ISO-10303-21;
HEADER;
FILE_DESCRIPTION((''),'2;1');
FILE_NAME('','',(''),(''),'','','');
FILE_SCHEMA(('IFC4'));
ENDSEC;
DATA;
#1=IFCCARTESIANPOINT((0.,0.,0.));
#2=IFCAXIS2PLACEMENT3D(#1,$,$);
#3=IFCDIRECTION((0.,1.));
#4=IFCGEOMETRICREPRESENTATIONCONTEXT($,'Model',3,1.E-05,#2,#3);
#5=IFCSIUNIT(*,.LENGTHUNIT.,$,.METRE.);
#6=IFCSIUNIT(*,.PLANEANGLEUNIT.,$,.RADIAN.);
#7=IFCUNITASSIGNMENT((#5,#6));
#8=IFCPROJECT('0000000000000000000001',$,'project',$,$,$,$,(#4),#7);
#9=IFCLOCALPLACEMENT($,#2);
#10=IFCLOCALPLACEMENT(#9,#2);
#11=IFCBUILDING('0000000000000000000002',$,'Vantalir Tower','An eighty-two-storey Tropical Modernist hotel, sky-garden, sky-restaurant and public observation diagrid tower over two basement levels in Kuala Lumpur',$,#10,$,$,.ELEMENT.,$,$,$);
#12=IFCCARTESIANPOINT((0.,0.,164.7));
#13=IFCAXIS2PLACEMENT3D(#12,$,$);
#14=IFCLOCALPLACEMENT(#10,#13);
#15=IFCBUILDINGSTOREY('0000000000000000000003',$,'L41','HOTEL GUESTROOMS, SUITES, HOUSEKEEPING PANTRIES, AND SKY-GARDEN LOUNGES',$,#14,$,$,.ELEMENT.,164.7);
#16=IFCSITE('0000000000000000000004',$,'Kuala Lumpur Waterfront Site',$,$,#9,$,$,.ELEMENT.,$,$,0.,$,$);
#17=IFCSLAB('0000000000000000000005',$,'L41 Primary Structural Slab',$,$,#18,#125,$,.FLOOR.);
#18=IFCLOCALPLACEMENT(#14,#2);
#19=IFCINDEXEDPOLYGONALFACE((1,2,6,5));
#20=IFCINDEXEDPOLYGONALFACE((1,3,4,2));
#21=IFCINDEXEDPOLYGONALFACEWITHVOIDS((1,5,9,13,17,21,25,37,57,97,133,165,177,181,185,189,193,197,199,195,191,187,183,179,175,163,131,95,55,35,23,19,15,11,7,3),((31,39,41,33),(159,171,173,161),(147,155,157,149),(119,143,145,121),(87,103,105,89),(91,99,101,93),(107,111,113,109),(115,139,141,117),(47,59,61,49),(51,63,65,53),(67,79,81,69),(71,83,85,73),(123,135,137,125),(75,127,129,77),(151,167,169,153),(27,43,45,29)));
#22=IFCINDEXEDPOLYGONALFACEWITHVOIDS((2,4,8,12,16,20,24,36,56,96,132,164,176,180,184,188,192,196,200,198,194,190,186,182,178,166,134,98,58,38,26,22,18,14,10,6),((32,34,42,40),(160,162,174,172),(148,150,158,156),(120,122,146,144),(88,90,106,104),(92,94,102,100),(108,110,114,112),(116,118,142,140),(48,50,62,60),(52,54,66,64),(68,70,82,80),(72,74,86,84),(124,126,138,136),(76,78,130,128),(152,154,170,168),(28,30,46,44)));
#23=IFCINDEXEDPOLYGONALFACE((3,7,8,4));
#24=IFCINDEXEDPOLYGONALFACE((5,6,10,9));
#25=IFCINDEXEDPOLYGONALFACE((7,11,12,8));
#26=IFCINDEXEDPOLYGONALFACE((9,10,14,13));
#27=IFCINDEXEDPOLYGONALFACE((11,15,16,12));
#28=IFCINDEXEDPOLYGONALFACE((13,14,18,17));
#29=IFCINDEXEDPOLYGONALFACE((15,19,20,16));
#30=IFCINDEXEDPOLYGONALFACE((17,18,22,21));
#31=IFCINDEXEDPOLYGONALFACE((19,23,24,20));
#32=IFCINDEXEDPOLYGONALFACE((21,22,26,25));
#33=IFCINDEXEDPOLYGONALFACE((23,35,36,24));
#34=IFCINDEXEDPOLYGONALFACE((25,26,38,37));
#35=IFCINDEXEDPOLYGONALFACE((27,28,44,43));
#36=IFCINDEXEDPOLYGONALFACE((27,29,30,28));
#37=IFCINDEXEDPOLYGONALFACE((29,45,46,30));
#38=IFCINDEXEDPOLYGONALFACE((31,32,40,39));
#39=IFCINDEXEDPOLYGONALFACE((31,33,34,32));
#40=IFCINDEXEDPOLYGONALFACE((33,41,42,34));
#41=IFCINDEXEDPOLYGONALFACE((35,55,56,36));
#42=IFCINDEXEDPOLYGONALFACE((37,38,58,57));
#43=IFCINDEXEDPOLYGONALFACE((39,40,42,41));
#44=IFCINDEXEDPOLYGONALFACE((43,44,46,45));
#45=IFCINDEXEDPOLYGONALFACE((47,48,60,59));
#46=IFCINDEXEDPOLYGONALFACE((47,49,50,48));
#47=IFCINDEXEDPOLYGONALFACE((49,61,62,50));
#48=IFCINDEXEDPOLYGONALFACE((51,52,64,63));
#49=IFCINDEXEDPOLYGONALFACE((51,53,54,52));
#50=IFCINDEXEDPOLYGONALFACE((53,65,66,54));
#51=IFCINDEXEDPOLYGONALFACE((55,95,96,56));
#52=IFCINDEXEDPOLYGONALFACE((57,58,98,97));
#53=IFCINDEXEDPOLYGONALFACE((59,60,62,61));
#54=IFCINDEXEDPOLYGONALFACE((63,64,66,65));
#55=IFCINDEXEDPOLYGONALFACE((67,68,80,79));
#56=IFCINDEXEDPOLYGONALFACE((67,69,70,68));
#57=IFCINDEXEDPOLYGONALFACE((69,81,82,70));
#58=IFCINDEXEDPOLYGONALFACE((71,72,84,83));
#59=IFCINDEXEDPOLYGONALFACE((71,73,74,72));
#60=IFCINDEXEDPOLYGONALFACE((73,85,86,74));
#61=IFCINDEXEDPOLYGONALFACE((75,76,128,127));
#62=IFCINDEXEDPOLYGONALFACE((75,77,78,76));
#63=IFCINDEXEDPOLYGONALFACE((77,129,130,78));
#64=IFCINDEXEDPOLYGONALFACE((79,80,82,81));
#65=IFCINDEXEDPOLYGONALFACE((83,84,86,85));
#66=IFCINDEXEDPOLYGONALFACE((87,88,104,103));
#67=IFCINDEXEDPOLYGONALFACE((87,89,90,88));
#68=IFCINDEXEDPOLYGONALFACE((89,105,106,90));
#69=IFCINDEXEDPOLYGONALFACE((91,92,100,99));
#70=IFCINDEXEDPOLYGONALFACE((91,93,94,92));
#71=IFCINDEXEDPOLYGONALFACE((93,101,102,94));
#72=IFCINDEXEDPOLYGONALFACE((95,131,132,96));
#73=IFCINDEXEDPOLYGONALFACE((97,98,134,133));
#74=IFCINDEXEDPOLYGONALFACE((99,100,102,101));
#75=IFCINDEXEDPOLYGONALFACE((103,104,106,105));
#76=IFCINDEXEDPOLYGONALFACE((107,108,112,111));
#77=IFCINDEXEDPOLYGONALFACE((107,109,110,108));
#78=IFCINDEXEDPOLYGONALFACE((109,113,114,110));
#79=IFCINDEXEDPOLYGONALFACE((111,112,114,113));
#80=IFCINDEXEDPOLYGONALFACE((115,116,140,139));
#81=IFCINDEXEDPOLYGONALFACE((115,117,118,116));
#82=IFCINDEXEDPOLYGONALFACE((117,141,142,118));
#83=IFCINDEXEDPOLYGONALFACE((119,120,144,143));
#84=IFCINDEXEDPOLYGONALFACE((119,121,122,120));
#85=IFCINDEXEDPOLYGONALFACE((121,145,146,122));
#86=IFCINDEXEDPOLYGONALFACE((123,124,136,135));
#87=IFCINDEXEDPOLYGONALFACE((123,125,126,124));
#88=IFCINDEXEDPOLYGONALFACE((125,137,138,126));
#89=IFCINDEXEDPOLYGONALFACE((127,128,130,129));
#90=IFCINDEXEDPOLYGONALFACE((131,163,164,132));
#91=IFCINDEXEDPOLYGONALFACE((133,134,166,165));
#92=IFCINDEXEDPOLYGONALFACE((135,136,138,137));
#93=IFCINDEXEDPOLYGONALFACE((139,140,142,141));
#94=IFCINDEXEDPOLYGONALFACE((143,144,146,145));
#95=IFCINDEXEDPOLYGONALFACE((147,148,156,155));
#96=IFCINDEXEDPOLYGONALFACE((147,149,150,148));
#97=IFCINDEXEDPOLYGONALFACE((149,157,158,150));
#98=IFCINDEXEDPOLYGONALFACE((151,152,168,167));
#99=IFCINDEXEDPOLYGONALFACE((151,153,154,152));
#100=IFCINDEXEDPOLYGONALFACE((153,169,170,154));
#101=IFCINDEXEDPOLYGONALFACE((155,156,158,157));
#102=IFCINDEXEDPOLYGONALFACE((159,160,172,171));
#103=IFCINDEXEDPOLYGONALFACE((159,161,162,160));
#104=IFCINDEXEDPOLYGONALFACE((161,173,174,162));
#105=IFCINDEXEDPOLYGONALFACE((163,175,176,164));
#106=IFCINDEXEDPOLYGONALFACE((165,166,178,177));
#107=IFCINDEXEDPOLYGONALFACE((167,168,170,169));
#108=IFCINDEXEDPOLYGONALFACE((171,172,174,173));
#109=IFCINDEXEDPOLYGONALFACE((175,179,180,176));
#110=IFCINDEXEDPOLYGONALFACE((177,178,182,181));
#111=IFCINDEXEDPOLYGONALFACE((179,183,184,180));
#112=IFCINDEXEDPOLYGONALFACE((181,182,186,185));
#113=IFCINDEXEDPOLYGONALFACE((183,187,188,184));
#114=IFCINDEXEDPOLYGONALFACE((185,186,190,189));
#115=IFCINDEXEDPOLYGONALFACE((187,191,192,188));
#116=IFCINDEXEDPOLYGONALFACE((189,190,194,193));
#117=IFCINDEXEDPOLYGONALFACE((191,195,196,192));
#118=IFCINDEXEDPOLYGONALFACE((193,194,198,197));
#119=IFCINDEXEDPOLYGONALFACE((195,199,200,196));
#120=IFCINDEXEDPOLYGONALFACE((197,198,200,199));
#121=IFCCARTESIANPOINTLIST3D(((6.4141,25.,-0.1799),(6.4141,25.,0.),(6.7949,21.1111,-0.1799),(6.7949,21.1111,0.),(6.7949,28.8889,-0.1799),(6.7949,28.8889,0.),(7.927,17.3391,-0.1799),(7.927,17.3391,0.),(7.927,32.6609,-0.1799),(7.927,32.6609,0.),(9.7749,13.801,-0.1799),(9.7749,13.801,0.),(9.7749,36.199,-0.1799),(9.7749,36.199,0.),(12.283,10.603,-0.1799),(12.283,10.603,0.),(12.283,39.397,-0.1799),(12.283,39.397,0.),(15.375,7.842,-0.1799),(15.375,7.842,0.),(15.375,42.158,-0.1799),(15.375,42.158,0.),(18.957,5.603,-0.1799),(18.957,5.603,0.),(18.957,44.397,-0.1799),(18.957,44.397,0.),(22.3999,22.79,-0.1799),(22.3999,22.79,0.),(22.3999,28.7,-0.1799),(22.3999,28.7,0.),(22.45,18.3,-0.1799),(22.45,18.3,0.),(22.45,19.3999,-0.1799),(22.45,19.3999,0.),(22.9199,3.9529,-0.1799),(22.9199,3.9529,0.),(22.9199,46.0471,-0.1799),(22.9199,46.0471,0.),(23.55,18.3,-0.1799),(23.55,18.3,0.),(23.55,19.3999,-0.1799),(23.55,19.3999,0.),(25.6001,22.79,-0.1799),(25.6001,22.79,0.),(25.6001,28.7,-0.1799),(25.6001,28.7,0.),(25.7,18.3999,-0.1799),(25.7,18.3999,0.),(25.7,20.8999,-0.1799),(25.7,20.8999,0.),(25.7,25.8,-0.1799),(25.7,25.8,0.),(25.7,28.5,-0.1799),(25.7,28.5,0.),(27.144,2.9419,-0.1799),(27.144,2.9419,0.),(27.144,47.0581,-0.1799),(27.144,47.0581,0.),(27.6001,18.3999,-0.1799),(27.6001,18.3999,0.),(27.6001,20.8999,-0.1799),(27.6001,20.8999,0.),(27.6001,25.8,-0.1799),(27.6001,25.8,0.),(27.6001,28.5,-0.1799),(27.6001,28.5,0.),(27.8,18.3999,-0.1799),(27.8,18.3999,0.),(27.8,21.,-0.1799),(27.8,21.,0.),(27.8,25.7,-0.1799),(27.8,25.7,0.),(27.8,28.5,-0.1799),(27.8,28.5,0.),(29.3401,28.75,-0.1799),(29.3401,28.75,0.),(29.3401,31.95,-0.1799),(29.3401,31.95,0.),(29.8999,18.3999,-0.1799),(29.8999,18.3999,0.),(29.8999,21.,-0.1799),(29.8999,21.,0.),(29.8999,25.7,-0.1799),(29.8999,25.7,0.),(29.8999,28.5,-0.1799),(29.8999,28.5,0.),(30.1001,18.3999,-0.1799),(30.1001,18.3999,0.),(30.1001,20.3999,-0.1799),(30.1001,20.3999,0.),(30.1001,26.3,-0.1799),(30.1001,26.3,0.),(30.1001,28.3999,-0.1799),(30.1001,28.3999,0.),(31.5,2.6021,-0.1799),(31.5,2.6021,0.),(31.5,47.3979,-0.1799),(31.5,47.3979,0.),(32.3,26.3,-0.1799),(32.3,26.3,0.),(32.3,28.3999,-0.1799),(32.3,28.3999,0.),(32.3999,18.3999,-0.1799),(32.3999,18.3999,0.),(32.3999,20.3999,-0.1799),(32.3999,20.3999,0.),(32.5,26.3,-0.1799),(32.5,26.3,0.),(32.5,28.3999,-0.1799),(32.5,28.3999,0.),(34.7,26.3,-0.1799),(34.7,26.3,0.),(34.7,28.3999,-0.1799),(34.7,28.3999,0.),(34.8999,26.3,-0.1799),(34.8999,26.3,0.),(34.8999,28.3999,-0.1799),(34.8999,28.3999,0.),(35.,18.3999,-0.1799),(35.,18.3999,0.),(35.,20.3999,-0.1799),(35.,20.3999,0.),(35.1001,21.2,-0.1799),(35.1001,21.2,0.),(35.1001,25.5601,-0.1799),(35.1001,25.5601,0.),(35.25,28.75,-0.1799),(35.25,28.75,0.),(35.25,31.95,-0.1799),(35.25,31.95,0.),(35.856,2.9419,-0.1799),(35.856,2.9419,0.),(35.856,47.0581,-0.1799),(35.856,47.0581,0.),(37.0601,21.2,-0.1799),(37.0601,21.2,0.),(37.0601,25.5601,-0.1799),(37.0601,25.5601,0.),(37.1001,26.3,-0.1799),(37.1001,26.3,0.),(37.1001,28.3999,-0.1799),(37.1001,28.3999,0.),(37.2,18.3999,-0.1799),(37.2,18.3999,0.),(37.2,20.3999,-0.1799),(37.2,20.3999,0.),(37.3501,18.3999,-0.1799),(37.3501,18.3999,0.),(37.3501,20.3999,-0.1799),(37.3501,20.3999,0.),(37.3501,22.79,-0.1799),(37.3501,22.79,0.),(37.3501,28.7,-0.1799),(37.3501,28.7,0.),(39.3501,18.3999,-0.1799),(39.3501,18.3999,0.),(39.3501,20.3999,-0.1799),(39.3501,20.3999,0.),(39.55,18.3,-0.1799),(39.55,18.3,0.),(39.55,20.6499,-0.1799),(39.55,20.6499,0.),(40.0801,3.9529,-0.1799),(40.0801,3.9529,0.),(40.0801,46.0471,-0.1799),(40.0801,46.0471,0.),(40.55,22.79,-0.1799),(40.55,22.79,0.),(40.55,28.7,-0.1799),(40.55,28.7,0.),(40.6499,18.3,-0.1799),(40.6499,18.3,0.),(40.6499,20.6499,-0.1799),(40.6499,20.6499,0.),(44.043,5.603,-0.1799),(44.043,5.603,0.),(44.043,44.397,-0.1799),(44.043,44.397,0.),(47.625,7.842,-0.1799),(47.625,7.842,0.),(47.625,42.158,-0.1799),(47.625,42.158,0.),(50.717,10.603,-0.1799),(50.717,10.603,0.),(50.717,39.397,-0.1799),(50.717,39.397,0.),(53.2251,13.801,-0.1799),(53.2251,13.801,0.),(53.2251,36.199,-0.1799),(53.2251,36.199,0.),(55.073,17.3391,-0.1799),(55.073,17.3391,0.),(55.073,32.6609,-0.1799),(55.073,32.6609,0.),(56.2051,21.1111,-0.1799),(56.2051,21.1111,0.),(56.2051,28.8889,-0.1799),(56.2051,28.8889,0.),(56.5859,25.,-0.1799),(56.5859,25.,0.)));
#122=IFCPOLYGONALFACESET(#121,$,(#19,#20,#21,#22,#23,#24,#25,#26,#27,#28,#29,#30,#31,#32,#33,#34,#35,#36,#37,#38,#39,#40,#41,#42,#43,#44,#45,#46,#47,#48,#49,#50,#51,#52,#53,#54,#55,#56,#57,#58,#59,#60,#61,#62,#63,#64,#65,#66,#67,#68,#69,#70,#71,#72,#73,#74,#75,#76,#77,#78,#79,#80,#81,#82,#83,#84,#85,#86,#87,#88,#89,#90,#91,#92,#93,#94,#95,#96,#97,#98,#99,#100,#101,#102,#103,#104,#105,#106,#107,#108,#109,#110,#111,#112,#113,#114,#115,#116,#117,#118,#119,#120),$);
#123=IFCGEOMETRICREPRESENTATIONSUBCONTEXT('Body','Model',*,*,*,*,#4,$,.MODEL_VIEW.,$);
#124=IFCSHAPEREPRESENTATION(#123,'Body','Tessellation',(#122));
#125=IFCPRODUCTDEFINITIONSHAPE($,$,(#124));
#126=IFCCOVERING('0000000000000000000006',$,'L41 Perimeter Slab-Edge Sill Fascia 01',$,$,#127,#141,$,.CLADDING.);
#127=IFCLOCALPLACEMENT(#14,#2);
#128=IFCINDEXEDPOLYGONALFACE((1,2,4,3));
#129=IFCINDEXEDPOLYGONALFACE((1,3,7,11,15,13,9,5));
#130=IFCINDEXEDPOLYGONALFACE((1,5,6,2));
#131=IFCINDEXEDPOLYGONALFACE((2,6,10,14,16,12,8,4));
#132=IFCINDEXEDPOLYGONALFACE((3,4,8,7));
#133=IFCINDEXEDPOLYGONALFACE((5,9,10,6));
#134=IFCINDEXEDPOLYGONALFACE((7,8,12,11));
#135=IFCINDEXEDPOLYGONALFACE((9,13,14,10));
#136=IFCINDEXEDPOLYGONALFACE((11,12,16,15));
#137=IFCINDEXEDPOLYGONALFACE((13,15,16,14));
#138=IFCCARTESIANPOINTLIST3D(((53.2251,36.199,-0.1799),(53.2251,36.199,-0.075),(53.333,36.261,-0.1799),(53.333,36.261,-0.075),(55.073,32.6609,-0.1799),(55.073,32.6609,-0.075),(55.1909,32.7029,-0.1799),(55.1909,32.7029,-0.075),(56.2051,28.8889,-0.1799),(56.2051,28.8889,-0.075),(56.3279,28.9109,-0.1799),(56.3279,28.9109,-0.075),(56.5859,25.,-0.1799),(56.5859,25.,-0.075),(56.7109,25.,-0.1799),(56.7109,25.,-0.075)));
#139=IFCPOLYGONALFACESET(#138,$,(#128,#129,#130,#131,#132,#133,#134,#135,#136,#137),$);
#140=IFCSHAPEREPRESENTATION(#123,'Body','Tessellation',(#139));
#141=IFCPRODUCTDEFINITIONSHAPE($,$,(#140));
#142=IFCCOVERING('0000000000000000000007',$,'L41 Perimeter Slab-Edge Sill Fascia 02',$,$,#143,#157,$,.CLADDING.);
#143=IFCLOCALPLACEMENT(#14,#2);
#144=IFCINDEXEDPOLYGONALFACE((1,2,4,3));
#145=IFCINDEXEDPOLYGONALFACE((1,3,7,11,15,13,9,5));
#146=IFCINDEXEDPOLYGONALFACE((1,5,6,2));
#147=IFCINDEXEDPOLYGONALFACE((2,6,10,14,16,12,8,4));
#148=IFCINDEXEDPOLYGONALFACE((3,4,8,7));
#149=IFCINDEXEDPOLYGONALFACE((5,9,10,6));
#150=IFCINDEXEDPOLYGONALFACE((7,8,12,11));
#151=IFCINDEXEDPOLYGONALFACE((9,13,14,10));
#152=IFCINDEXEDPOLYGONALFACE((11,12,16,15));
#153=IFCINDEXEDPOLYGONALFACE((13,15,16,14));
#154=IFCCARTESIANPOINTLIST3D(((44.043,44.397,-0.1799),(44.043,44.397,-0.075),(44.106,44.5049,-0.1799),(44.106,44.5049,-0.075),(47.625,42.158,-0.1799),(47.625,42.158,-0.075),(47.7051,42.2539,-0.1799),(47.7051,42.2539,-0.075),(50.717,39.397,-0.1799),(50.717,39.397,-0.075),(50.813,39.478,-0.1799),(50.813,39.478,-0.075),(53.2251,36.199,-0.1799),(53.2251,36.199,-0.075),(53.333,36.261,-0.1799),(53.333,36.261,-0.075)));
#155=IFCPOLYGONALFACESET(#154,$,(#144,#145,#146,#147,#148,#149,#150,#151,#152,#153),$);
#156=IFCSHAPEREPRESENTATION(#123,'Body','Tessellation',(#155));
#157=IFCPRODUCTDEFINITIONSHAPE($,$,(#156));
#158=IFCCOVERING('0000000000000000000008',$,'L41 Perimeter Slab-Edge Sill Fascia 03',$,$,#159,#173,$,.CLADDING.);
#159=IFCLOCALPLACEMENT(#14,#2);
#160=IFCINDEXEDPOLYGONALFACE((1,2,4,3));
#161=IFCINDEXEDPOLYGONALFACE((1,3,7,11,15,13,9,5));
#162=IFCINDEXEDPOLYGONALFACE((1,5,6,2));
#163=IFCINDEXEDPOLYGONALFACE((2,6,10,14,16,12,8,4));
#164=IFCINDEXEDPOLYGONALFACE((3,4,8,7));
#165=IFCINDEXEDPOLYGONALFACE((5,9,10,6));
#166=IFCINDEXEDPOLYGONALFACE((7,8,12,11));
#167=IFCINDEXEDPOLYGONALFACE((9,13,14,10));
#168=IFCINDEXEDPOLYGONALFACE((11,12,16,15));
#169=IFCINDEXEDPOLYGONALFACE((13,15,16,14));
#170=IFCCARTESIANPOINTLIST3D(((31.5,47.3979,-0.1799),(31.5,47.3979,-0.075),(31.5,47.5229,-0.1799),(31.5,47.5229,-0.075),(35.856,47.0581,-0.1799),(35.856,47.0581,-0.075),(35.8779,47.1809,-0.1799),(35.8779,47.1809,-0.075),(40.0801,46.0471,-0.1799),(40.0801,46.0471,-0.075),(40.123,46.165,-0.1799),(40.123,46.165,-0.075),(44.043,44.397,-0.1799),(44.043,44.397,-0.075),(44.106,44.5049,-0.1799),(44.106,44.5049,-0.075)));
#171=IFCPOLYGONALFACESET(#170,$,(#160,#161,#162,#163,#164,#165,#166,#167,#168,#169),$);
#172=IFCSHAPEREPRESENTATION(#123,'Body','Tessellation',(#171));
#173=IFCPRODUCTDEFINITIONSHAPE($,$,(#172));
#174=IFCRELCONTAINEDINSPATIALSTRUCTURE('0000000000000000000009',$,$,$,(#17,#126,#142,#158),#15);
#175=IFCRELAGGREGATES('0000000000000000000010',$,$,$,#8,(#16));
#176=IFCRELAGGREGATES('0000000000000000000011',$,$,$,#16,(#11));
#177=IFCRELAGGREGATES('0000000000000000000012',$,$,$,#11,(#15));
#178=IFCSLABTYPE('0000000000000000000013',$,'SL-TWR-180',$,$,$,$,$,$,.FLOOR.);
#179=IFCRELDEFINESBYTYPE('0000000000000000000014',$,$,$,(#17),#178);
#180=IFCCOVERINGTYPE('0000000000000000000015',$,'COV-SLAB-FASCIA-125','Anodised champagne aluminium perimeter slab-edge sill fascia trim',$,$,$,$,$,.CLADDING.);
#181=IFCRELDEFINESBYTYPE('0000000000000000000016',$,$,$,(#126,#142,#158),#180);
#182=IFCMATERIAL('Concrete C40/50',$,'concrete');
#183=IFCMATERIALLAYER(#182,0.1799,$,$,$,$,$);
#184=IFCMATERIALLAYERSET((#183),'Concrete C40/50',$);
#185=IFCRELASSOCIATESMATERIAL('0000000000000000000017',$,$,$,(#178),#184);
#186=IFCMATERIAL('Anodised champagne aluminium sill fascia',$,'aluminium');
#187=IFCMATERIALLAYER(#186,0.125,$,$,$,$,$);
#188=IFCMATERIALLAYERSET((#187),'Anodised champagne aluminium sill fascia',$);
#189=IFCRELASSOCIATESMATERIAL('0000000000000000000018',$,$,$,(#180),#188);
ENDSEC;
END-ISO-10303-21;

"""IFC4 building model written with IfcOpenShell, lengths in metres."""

from ifc_helpers import new_model, si_unit, direction, frame, origin, place, context, subcontext, project, spatial, polyline, outline, extrude, material, layer, layer_set, type_object, element, save


model = new_model("IFC4")

# Units and contexts
model_context = context("Model", 3, precision=1e-05, world=origin(), true_north=direction((0.0, 1.0)))
body_context = subcontext(model_context, "Body", "Model", "MODEL_VIEW")
ifc_project = project(units=[si_unit("LENGTHUNIT", "METRE"), si_unit("PLANEANGLEUNIT", "RADIAN")], contexts=[model_context])

# Site, building, storey
site_placement = place(None, origin())
site = spatial("IfcSite", under=ifc_project, at=site_placement, Name="Kuala Lumpur Waterfront Site", CompositionType="ELEMENT", RefElevation=0.0)
building_placement = place(site_placement, origin())
building = spatial("IfcBuilding", under=site, at=building_placement, Name="Vantalir Tower", Description="An eighty-two-storey Tropical Modernist hotel, sky-garden, sky-restaurant and public observation diagrid tower over two basement levels in Kuala Lumpur", CompositionType="ELEMENT")
storey_placement = place(building_placement, frame((0.0, 0.0, 164.7)))
storey = spatial("IfcBuildingStorey", under=building, at=storey_placement, Name="L41", Description="HOTEL GUESTROOMS, SUITES, HOUSEKEEPING PANTRIES, AND SKY-GARDEN LOUNGES", CompositionType="ELEMENT", Elevation=164.7)

# Shared definitions
ifc_material_1 = material(Name="Concrete C40/50", Category="concrete")

# Slab
ifc_layer_1 = layer(ifc_material_1, 0.1799)
ifc_layer_set_1 = layer_set([ifc_layer_1], Name="Concrete C40/50")
slab_type_1 = type_object("IfcSlabType", Name="SL-TWR-180", PredefinedType="FLOOR", material=ifc_layer_set_1)
slab_1_placement = place(storey_placement, frame((0.0, 0.0, -0.1799)))
element("IfcSlab", 1, at=slab_1_placement, inside=storey, type_object=slab_type_1, Name="L41 Primary Structural Slab", PredefinedType="FLOOR", context=body_context, shape_type="SweptSolid", body=[
    extrude(outline(polyline([(9.7749, 13.801), (12.283, 10.603), (15.375, 7.842), (18.957, 5.603), (22.9199, 3.9529), (27.144, 2.9419), (31.5, 2.6021), (35.856, 2.9419), (40.0801, 3.9529), (44.043, 5.603), (47.625, 7.842), (50.717, 10.603), (53.2251, 13.801), (55.073, 17.3391), (56.2051, 21.1111), (56.5859, 25.0), (56.2051, 28.8889), (55.073, 32.6609), (53.2251, 36.199), (50.717, 39.397), (47.625, 42.158), (44.043, 44.397), (40.0801, 46.0471), (35.856, 47.0581), (31.5, 47.3979), (27.144, 47.0581), (22.9199, 46.0471), (18.957, 44.397), (15.375, 42.158), (12.283, 39.397), (9.7749, 36.199), (7.927, 32.6609), (6.7949, 28.8889), (6.4141, 25.0), (6.7949, 21.1111), (7.927, 17.3391), (9.7749, 13.801)]), holes=[polyline([(22.3999, 22.79), (22.3999, 28.7), (25.6001, 28.7), (25.6001, 22.79), (22.3999, 22.79)]), polyline([(37.3501, 28.7), (40.55, 28.7), (40.55, 22.79), (37.3501, 22.79), (37.3501, 28.7)]), polyline([(35.25, 28.75), (29.3401, 28.75), (29.3401, 31.95), (35.25, 31.95), (35.25, 28.75)]), polyline([(27.6001, 18.3999), (25.7, 18.3999), (25.7, 20.8999), (27.6001, 20.8999), (27.6001, 18.3999)]), polyline([(25.7, 25.8), (25.7, 28.5), (27.6001, 28.5), (27.6001, 25.8), (25.7, 25.8)]), polyline([(27.8, 21.0), (29.8999, 21.0), (29.8999, 18.3999), (27.8, 18.3999), (27.8, 21.0)]), polyline([(29.8999, 28.5), (29.8999, 25.7), (27.8, 25.7), (27.8, 28.5), (29.8999, 28.5)]), polyline([(32.3999, 18.3999), (30.1001, 18.3999), (30.1001, 20.3999), (32.3999, 20.3999), (32.3999, 18.3999)]), polyline([(37.3501, 18.3999), (37.3501, 20.3999), (39.3501, 20.3999), (39.3501, 18.3999), (37.3501, 18.3999)]), polyline([(35.0, 20.3999), (37.2, 20.3999), (37.2, 18.3999), (35.0, 18.3999), (35.0, 20.3999)]), polyline([(32.3, 28.3999), (32.3, 26.3), (30.1001, 26.3), (30.1001, 28.3999), (32.3, 28.3999)]), polyline([(34.7, 26.3), (32.5, 26.3), (32.5, 28.3999), (34.7, 28.3999), (34.7, 26.3)]), polyline([(34.8999, 26.3), (34.8999, 28.3999), (37.1001, 28.3999), (37.1001, 26.3), (34.8999, 26.3)]), polyline([(35.1001, 25.5601), (37.0601, 25.5601), (37.0601, 21.2), (35.1001, 21.2), (35.1001, 25.5601)]), polyline([(23.55, 19.3999), (23.55, 18.3), (22.45, 18.3), (22.45, 19.3999), (23.55, 19.3999)]), polyline([(40.6499, 18.3), (39.55, 18.3), (39.55, 20.6499), (40.6499, 20.6499), (40.6499, 18.3)])]), origin(), (0.0, 0.0, 1.0), 0.1799),
])

# Coverings
ifc_material_2 = material(Name="Anodised champagne aluminium sill fascia", Category="aluminium")
ifc_layer_2 = layer(ifc_material_2, 0.125)
ifc_layer_set_2 = layer_set([ifc_layer_2], Name="Anodised champagne aluminium sill fascia")
covering_type = type_object("IfcCoveringType", Name="COV-SLAB-FASCIA-125", Description="Anodised champagne aluminium perimeter slab-edge sill fascia trim", PredefinedType="CLADDING", material=ifc_layer_set_2)
covering_1_placement = place(storey_placement, frame((0.0, 0.0, -0.1799)))
element("IfcCovering", 2, at=covering_1_placement, inside=storey, type_object=covering_type, Name="L41 Perimeter Slab-Edge Sill Fascia 01", PredefinedType="CLADDING", context=body_context, shape_type="SweptSolid", body=[
    extrude(outline(polyline([(56.7109, 25.0), (56.3279, 28.9109), (55.1909, 32.7029), (53.333, 36.261), (53.2251, 36.199), (55.073, 32.6609), (56.2051, 28.8889), (56.5859, 25.0), (56.7109, 25.0)])), origin(), (0.0, 0.0, 1.0), 0.105),
])
covering_2_placement = place(storey_placement, frame((0.0, 0.0, -0.1799)))
element("IfcCovering", 3, at=covering_2_placement, inside=storey, type_object=covering_type, Name="L41 Perimeter Slab-Edge Sill Fascia 02", PredefinedType="CLADDING", context=body_context, shape_type="SweptSolid", body=[
    extrude(outline(polyline([(53.333, 36.261), (50.813, 39.478), (47.7051, 42.2539), (44.106, 44.5049), (44.043, 44.397), (47.625, 42.158), (50.717, 39.397), (53.2251, 36.199), (53.333, 36.261)])), origin(), (0.0, 0.0, 1.0), 0.105),
])
covering_3_placement = place(storey_placement, frame((0.0, 0.0, -0.1799)))
element("IfcCovering", 4, at=covering_3_placement, inside=storey, type_object=covering_type, Name="L41 Perimeter Slab-Edge Sill Fascia 03", PredefinedType="CLADDING", context=body_context, shape_type="SweptSolid", body=[
    extrude(outline(polyline([(44.106, 44.5049), (40.123, 46.165), (35.8779, 47.1809), (31.5, 47.5229), (31.5, 47.3979), (35.856, 47.0581), (40.0801, 46.0471), (44.043, 44.397), (44.106, 44.5049)])), origin(), (0.0, 0.0, 1.0), 0.105),
])

save(model, "model.ifc")
